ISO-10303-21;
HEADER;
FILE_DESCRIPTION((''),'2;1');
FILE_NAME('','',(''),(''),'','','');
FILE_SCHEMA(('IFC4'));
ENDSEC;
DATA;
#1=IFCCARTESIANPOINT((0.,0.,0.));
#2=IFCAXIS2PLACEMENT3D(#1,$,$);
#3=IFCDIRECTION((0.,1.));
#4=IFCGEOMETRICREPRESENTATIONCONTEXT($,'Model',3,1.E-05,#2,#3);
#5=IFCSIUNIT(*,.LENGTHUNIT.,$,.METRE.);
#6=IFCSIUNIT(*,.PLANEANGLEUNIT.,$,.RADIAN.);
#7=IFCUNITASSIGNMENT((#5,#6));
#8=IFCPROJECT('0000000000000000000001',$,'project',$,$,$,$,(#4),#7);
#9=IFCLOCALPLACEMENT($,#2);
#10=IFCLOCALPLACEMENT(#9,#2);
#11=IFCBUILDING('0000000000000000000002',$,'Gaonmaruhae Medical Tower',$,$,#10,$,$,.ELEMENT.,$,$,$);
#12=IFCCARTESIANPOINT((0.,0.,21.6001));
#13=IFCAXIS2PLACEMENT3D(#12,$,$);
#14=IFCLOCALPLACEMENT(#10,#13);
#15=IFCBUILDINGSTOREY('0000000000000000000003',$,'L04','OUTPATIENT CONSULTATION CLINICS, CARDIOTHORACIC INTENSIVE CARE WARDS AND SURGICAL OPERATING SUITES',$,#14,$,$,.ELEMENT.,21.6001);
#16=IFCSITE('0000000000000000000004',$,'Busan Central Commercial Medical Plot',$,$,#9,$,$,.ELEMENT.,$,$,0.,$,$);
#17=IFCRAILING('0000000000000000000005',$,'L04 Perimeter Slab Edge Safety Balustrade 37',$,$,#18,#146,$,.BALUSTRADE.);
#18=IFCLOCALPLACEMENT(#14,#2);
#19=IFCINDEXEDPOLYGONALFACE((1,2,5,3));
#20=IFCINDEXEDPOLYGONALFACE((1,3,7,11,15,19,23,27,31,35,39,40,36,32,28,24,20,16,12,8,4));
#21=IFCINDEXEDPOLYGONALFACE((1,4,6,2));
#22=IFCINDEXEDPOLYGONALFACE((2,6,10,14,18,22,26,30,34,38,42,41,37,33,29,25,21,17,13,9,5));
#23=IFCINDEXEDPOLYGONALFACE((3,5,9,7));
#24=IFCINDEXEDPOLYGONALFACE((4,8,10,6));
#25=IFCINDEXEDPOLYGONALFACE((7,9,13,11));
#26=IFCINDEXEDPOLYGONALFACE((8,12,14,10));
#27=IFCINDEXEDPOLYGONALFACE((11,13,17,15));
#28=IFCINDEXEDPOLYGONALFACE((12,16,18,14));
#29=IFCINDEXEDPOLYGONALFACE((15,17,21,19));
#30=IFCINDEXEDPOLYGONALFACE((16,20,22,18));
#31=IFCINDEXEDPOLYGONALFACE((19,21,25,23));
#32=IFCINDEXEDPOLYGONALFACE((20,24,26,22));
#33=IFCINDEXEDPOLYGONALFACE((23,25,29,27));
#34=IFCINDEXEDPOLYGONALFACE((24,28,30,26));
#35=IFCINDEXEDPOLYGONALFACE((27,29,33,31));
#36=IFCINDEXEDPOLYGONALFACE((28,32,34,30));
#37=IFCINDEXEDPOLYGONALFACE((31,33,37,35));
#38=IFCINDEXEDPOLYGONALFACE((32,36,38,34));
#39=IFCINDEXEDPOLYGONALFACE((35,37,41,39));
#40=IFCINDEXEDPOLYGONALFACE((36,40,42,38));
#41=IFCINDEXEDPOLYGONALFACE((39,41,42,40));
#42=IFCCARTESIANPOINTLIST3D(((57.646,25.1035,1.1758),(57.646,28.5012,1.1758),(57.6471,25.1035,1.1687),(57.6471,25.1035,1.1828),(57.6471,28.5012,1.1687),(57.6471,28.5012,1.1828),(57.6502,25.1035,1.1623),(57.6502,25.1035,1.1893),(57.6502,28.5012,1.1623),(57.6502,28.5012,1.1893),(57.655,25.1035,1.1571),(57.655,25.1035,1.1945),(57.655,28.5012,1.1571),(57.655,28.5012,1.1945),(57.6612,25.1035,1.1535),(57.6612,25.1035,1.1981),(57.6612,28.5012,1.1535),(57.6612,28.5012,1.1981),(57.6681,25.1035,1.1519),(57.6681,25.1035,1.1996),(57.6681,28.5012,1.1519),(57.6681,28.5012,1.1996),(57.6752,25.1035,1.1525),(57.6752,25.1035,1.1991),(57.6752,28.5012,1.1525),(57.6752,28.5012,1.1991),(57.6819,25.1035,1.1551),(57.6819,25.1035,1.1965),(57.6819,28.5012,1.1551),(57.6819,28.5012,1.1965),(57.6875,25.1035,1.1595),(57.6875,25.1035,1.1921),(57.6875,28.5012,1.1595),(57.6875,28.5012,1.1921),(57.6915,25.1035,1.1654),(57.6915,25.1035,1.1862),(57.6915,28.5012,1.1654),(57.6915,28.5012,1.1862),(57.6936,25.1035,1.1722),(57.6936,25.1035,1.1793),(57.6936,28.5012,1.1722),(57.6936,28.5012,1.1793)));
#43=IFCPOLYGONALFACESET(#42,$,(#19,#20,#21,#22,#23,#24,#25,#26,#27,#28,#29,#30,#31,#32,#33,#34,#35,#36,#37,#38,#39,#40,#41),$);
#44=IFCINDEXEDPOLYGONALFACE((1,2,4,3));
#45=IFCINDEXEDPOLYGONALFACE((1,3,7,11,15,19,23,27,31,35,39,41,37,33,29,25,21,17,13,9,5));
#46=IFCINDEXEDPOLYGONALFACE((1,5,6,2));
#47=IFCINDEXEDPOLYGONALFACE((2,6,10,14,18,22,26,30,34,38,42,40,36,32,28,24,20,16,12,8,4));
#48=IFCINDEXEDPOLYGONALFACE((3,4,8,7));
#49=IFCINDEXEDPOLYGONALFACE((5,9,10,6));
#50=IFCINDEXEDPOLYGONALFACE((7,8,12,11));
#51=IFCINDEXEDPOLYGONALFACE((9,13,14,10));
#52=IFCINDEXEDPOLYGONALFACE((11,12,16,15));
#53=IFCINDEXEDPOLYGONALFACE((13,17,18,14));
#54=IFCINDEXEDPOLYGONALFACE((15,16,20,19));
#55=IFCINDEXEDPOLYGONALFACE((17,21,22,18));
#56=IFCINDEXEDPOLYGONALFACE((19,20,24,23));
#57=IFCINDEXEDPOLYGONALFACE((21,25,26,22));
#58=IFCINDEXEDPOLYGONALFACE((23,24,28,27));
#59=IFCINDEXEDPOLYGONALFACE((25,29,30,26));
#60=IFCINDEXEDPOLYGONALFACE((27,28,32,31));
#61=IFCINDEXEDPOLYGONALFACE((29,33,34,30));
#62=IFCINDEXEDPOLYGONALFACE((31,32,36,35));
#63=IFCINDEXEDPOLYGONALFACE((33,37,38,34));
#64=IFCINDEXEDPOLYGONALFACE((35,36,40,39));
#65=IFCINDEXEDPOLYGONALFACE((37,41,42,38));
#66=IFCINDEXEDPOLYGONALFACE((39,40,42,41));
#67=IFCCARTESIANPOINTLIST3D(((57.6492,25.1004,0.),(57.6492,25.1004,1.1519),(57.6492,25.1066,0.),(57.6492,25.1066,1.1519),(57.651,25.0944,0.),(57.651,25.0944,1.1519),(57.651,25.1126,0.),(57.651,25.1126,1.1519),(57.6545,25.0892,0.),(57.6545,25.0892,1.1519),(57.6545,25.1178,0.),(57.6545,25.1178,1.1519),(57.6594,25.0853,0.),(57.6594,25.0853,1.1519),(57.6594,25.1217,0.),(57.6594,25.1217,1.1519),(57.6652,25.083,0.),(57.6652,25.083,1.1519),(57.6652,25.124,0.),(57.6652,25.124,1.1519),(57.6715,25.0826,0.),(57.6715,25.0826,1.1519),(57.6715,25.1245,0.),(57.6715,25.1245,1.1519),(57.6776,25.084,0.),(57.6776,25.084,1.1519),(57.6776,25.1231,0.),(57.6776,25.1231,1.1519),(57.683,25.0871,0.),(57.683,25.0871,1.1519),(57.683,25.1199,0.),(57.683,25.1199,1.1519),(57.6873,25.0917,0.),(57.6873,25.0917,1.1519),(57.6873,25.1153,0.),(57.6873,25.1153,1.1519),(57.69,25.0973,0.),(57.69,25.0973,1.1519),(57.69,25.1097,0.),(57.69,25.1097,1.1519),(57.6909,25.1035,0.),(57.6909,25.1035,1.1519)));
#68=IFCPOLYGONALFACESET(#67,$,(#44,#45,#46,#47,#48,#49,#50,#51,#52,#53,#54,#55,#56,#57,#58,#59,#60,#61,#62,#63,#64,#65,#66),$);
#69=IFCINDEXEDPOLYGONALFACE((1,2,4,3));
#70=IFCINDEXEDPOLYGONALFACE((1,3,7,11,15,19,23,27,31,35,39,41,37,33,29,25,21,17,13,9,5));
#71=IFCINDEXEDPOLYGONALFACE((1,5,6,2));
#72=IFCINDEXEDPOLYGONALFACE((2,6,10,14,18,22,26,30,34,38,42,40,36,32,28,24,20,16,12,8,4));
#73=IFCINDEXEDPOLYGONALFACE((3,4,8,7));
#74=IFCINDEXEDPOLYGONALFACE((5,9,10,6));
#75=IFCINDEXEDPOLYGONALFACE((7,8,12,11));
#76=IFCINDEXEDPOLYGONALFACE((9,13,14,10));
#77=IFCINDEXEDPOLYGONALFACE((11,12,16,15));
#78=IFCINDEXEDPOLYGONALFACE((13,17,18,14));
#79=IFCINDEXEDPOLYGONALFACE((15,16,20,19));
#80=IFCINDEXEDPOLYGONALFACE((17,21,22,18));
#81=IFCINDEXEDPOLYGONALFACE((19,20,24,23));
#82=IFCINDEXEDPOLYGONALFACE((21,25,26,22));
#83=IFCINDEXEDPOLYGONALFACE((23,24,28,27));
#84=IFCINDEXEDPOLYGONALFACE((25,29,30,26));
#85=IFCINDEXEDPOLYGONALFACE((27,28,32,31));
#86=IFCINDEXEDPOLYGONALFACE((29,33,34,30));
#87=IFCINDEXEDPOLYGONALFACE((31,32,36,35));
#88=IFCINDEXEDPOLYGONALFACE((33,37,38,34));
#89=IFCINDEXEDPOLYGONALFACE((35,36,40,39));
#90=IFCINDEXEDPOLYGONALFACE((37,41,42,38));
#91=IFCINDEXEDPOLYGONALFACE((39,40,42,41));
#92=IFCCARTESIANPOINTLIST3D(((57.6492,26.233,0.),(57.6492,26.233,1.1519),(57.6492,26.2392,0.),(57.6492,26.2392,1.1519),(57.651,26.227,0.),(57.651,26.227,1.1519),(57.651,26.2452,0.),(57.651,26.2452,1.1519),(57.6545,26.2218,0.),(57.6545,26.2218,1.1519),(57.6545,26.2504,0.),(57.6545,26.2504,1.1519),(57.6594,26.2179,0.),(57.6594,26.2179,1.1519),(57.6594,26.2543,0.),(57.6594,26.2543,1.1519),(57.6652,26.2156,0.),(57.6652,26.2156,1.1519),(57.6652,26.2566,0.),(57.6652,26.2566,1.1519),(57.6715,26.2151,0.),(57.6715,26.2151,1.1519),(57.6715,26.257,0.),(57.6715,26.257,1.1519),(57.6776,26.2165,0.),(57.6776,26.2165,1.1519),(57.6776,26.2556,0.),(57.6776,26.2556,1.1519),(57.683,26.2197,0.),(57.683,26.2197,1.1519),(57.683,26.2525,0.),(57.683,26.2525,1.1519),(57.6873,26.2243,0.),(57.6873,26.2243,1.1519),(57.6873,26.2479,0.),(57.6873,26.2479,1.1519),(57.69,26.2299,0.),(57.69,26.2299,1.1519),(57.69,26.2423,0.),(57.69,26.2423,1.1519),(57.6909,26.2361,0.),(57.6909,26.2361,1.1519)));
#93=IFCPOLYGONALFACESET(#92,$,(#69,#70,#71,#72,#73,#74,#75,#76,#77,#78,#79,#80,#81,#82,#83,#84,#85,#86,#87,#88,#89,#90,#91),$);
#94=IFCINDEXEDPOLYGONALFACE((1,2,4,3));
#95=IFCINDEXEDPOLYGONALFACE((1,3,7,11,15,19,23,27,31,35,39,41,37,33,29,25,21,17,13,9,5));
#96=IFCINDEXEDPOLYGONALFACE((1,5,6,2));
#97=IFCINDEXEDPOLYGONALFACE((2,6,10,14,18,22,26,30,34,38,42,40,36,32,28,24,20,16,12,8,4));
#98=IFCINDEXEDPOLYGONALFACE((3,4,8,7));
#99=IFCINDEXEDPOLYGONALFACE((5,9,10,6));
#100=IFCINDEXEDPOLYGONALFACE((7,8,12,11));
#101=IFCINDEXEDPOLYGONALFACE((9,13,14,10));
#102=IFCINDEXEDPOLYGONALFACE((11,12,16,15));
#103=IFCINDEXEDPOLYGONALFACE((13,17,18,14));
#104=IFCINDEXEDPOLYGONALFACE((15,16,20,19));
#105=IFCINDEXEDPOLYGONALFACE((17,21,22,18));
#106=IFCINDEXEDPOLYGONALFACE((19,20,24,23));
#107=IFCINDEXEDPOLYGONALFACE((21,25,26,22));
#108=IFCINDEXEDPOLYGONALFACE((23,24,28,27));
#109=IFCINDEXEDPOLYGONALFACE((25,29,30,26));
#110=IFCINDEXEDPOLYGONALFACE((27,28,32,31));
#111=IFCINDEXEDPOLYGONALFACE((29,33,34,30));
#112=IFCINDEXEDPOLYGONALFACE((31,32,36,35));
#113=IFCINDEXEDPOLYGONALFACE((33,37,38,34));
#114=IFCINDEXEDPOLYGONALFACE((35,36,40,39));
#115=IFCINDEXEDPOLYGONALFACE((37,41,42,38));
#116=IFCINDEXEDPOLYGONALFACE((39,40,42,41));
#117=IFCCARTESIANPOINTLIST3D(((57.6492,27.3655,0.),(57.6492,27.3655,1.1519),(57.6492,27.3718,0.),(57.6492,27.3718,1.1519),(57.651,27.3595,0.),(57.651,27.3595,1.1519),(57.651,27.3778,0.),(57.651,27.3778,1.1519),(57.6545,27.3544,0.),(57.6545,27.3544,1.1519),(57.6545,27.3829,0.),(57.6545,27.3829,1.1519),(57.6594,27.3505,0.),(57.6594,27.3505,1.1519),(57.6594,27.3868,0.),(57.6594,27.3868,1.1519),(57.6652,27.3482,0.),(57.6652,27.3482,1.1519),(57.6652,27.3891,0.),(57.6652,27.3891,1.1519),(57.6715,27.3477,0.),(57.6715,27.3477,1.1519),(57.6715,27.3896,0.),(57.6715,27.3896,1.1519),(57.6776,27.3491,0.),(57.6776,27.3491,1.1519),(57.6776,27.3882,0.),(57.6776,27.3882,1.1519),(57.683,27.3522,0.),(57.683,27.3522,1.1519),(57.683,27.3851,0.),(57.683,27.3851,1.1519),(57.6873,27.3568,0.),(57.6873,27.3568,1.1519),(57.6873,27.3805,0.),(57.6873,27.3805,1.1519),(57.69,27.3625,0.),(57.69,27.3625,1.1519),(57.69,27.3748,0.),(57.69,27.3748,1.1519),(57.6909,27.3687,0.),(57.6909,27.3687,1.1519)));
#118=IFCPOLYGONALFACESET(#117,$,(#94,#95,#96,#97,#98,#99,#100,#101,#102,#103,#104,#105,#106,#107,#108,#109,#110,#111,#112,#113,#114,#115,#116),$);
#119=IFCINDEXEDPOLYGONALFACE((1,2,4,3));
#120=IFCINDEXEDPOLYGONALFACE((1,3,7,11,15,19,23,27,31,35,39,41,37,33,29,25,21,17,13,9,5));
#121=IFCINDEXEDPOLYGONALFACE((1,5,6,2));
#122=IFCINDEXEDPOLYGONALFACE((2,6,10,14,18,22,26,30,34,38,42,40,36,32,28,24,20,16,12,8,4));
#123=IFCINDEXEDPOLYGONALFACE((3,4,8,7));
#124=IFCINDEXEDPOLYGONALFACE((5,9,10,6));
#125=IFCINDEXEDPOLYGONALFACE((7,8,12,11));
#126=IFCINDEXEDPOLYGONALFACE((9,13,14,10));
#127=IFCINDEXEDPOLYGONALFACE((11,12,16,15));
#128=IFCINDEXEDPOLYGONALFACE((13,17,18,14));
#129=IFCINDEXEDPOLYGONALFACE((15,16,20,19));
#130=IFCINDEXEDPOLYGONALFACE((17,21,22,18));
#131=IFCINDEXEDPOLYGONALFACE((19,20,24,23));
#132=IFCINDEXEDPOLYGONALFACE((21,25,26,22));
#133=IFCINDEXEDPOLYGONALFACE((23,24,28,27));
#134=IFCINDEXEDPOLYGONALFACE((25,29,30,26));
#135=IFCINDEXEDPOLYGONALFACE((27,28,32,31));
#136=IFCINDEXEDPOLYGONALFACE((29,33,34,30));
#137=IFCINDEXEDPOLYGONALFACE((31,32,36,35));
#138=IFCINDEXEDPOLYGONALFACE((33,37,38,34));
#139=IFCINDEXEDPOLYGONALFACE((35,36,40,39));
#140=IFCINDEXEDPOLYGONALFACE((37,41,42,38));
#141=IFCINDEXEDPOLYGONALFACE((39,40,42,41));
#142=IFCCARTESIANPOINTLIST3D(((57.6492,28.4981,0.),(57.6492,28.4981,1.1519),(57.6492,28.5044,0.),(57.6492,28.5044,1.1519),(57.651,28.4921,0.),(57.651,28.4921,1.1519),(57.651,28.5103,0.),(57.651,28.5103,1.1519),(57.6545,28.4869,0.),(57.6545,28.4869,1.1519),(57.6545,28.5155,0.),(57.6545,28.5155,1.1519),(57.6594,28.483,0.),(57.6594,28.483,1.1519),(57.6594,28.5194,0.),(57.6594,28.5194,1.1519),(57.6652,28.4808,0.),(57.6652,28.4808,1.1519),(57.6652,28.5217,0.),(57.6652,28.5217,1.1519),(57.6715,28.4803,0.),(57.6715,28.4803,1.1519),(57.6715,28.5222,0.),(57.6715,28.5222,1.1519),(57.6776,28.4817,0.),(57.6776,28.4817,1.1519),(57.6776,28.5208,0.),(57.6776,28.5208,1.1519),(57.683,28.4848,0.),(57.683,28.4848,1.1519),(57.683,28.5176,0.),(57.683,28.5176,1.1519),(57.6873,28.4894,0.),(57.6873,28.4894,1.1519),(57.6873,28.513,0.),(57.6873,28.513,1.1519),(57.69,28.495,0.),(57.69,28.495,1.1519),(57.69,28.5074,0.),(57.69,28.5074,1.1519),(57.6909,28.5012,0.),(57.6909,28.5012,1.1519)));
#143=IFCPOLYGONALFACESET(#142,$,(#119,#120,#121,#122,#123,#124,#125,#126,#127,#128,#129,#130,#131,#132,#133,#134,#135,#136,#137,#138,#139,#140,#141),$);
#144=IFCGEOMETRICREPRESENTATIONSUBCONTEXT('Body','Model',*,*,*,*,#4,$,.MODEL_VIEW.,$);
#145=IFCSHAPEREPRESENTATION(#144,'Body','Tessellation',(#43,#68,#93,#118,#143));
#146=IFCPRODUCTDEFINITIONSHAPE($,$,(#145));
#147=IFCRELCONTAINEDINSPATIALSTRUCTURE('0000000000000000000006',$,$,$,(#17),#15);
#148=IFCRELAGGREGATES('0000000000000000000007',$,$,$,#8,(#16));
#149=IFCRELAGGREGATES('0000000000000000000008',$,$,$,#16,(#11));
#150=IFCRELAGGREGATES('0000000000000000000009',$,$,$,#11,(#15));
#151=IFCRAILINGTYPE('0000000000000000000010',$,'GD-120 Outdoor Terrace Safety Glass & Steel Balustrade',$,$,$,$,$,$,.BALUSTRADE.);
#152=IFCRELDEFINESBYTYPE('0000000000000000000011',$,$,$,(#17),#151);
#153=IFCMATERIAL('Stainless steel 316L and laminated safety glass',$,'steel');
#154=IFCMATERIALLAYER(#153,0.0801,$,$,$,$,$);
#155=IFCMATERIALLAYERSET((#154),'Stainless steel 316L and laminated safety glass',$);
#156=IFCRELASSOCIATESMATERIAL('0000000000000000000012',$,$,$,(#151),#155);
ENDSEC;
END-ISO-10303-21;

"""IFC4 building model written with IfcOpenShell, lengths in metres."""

from ifc_helpers import new_model, si_unit, direction, frame, origin, origin_2d, place, context, subcontext, project, spatial, circle, extrude, material, layer, layer_set, type_object, element, save


model = new_model("IFC4")

# Units and contexts
model_context = context("Model", 3, precision=1e-05, world=origin(), true_north=direction((0.0, 1.0)))
body_context = subcontext(model_context, "Body", "Model", "MODEL_VIEW")
ifc_project = project(units=[si_unit("LENGTHUNIT", "METRE"), si_unit("PLANEANGLEUNIT", "RADIAN")], contexts=[model_context])

# Site, building, storey
site_placement = place(None, origin())
site = spatial("IfcSite", under=ifc_project, at=site_placement, Name="Busan Central Commercial Medical Plot", CompositionType="ELEMENT", RefElevation=0.0)
building_placement = place(site_placement, origin())
building = spatial("IfcBuilding", under=site, at=building_placement, Name="Gaonmaruhae Medical Tower", CompositionType="ELEMENT")
storey_placement = place(building_placement, frame((0.0, 0.0, 21.6001)))
storey = spatial("IfcBuildingStorey", under=building, at=storey_placement, Name="L04", Description="OUTPATIENT CONSULTATION CLINICS, CARDIOTHORACIC INTENSIVE CARE WARDS AND SURGICAL OPERATING SUITES", CompositionType="ELEMENT", Elevation=21.6001)

# Railing
ifc_material_1 = material(Name="Stainless steel 316L and laminated safety glass", Category="steel")
ifc_layer_1 = layer(ifc_material_1, 0.0801)
ifc_layer_set_1 = layer_set([ifc_layer_1], Name="Stainless steel 316L and laminated safety glass")
railing_type_1 = type_object("IfcRailingType", Name="GD-120 Outdoor Terrace Safety Glass & Steel Balustrade", PredefinedType="BALUSTRADE", material=ifc_layer_set_1)
railing_1_placement = place(storey_placement, frame((57.6699, 25.1035, 0.0)))
element("IfcRailing", 1, at=railing_1_placement, inside=storey, type_object=railing_type_1, Name="L04 Perimeter Slab Edge Safety Balustrade 37", PredefinedType="BALUSTRADE", context=body_context, shape_type="SweptSolid", body=[
    extrude(circle(Radius=0.0239, at=origin_2d()), frame((0.0, 0.0, 1.1758), z_axis=(0.0, 1.0, 0.0), x_axis=(-1.0, 0.0, 0.0)), (0.0, 0.0, 1.0), 3.3977),
    extrude(circle(Radius=0.021, at=origin_2d()), origin(), (0.0, 0.0, 1.0), 1.1519),
    extrude(circle(Radius=0.021, at=origin_2d()), frame((0.0, 1.1326, 0.0)), (0.0, 0.0, 1.0), 1.1519),
    extrude(circle(Radius=0.021, at=origin_2d()), frame((0.0, 2.2651, 0.0)), (0.0, 0.0, 1.0), 1.1519),
    extrude(circle(Radius=0.021, at=origin_2d()), frame((0.0, 3.3977, 0.0)), (0.0, 0.0, 1.0), 1.1519),
])

save(model, "model.ifc")
